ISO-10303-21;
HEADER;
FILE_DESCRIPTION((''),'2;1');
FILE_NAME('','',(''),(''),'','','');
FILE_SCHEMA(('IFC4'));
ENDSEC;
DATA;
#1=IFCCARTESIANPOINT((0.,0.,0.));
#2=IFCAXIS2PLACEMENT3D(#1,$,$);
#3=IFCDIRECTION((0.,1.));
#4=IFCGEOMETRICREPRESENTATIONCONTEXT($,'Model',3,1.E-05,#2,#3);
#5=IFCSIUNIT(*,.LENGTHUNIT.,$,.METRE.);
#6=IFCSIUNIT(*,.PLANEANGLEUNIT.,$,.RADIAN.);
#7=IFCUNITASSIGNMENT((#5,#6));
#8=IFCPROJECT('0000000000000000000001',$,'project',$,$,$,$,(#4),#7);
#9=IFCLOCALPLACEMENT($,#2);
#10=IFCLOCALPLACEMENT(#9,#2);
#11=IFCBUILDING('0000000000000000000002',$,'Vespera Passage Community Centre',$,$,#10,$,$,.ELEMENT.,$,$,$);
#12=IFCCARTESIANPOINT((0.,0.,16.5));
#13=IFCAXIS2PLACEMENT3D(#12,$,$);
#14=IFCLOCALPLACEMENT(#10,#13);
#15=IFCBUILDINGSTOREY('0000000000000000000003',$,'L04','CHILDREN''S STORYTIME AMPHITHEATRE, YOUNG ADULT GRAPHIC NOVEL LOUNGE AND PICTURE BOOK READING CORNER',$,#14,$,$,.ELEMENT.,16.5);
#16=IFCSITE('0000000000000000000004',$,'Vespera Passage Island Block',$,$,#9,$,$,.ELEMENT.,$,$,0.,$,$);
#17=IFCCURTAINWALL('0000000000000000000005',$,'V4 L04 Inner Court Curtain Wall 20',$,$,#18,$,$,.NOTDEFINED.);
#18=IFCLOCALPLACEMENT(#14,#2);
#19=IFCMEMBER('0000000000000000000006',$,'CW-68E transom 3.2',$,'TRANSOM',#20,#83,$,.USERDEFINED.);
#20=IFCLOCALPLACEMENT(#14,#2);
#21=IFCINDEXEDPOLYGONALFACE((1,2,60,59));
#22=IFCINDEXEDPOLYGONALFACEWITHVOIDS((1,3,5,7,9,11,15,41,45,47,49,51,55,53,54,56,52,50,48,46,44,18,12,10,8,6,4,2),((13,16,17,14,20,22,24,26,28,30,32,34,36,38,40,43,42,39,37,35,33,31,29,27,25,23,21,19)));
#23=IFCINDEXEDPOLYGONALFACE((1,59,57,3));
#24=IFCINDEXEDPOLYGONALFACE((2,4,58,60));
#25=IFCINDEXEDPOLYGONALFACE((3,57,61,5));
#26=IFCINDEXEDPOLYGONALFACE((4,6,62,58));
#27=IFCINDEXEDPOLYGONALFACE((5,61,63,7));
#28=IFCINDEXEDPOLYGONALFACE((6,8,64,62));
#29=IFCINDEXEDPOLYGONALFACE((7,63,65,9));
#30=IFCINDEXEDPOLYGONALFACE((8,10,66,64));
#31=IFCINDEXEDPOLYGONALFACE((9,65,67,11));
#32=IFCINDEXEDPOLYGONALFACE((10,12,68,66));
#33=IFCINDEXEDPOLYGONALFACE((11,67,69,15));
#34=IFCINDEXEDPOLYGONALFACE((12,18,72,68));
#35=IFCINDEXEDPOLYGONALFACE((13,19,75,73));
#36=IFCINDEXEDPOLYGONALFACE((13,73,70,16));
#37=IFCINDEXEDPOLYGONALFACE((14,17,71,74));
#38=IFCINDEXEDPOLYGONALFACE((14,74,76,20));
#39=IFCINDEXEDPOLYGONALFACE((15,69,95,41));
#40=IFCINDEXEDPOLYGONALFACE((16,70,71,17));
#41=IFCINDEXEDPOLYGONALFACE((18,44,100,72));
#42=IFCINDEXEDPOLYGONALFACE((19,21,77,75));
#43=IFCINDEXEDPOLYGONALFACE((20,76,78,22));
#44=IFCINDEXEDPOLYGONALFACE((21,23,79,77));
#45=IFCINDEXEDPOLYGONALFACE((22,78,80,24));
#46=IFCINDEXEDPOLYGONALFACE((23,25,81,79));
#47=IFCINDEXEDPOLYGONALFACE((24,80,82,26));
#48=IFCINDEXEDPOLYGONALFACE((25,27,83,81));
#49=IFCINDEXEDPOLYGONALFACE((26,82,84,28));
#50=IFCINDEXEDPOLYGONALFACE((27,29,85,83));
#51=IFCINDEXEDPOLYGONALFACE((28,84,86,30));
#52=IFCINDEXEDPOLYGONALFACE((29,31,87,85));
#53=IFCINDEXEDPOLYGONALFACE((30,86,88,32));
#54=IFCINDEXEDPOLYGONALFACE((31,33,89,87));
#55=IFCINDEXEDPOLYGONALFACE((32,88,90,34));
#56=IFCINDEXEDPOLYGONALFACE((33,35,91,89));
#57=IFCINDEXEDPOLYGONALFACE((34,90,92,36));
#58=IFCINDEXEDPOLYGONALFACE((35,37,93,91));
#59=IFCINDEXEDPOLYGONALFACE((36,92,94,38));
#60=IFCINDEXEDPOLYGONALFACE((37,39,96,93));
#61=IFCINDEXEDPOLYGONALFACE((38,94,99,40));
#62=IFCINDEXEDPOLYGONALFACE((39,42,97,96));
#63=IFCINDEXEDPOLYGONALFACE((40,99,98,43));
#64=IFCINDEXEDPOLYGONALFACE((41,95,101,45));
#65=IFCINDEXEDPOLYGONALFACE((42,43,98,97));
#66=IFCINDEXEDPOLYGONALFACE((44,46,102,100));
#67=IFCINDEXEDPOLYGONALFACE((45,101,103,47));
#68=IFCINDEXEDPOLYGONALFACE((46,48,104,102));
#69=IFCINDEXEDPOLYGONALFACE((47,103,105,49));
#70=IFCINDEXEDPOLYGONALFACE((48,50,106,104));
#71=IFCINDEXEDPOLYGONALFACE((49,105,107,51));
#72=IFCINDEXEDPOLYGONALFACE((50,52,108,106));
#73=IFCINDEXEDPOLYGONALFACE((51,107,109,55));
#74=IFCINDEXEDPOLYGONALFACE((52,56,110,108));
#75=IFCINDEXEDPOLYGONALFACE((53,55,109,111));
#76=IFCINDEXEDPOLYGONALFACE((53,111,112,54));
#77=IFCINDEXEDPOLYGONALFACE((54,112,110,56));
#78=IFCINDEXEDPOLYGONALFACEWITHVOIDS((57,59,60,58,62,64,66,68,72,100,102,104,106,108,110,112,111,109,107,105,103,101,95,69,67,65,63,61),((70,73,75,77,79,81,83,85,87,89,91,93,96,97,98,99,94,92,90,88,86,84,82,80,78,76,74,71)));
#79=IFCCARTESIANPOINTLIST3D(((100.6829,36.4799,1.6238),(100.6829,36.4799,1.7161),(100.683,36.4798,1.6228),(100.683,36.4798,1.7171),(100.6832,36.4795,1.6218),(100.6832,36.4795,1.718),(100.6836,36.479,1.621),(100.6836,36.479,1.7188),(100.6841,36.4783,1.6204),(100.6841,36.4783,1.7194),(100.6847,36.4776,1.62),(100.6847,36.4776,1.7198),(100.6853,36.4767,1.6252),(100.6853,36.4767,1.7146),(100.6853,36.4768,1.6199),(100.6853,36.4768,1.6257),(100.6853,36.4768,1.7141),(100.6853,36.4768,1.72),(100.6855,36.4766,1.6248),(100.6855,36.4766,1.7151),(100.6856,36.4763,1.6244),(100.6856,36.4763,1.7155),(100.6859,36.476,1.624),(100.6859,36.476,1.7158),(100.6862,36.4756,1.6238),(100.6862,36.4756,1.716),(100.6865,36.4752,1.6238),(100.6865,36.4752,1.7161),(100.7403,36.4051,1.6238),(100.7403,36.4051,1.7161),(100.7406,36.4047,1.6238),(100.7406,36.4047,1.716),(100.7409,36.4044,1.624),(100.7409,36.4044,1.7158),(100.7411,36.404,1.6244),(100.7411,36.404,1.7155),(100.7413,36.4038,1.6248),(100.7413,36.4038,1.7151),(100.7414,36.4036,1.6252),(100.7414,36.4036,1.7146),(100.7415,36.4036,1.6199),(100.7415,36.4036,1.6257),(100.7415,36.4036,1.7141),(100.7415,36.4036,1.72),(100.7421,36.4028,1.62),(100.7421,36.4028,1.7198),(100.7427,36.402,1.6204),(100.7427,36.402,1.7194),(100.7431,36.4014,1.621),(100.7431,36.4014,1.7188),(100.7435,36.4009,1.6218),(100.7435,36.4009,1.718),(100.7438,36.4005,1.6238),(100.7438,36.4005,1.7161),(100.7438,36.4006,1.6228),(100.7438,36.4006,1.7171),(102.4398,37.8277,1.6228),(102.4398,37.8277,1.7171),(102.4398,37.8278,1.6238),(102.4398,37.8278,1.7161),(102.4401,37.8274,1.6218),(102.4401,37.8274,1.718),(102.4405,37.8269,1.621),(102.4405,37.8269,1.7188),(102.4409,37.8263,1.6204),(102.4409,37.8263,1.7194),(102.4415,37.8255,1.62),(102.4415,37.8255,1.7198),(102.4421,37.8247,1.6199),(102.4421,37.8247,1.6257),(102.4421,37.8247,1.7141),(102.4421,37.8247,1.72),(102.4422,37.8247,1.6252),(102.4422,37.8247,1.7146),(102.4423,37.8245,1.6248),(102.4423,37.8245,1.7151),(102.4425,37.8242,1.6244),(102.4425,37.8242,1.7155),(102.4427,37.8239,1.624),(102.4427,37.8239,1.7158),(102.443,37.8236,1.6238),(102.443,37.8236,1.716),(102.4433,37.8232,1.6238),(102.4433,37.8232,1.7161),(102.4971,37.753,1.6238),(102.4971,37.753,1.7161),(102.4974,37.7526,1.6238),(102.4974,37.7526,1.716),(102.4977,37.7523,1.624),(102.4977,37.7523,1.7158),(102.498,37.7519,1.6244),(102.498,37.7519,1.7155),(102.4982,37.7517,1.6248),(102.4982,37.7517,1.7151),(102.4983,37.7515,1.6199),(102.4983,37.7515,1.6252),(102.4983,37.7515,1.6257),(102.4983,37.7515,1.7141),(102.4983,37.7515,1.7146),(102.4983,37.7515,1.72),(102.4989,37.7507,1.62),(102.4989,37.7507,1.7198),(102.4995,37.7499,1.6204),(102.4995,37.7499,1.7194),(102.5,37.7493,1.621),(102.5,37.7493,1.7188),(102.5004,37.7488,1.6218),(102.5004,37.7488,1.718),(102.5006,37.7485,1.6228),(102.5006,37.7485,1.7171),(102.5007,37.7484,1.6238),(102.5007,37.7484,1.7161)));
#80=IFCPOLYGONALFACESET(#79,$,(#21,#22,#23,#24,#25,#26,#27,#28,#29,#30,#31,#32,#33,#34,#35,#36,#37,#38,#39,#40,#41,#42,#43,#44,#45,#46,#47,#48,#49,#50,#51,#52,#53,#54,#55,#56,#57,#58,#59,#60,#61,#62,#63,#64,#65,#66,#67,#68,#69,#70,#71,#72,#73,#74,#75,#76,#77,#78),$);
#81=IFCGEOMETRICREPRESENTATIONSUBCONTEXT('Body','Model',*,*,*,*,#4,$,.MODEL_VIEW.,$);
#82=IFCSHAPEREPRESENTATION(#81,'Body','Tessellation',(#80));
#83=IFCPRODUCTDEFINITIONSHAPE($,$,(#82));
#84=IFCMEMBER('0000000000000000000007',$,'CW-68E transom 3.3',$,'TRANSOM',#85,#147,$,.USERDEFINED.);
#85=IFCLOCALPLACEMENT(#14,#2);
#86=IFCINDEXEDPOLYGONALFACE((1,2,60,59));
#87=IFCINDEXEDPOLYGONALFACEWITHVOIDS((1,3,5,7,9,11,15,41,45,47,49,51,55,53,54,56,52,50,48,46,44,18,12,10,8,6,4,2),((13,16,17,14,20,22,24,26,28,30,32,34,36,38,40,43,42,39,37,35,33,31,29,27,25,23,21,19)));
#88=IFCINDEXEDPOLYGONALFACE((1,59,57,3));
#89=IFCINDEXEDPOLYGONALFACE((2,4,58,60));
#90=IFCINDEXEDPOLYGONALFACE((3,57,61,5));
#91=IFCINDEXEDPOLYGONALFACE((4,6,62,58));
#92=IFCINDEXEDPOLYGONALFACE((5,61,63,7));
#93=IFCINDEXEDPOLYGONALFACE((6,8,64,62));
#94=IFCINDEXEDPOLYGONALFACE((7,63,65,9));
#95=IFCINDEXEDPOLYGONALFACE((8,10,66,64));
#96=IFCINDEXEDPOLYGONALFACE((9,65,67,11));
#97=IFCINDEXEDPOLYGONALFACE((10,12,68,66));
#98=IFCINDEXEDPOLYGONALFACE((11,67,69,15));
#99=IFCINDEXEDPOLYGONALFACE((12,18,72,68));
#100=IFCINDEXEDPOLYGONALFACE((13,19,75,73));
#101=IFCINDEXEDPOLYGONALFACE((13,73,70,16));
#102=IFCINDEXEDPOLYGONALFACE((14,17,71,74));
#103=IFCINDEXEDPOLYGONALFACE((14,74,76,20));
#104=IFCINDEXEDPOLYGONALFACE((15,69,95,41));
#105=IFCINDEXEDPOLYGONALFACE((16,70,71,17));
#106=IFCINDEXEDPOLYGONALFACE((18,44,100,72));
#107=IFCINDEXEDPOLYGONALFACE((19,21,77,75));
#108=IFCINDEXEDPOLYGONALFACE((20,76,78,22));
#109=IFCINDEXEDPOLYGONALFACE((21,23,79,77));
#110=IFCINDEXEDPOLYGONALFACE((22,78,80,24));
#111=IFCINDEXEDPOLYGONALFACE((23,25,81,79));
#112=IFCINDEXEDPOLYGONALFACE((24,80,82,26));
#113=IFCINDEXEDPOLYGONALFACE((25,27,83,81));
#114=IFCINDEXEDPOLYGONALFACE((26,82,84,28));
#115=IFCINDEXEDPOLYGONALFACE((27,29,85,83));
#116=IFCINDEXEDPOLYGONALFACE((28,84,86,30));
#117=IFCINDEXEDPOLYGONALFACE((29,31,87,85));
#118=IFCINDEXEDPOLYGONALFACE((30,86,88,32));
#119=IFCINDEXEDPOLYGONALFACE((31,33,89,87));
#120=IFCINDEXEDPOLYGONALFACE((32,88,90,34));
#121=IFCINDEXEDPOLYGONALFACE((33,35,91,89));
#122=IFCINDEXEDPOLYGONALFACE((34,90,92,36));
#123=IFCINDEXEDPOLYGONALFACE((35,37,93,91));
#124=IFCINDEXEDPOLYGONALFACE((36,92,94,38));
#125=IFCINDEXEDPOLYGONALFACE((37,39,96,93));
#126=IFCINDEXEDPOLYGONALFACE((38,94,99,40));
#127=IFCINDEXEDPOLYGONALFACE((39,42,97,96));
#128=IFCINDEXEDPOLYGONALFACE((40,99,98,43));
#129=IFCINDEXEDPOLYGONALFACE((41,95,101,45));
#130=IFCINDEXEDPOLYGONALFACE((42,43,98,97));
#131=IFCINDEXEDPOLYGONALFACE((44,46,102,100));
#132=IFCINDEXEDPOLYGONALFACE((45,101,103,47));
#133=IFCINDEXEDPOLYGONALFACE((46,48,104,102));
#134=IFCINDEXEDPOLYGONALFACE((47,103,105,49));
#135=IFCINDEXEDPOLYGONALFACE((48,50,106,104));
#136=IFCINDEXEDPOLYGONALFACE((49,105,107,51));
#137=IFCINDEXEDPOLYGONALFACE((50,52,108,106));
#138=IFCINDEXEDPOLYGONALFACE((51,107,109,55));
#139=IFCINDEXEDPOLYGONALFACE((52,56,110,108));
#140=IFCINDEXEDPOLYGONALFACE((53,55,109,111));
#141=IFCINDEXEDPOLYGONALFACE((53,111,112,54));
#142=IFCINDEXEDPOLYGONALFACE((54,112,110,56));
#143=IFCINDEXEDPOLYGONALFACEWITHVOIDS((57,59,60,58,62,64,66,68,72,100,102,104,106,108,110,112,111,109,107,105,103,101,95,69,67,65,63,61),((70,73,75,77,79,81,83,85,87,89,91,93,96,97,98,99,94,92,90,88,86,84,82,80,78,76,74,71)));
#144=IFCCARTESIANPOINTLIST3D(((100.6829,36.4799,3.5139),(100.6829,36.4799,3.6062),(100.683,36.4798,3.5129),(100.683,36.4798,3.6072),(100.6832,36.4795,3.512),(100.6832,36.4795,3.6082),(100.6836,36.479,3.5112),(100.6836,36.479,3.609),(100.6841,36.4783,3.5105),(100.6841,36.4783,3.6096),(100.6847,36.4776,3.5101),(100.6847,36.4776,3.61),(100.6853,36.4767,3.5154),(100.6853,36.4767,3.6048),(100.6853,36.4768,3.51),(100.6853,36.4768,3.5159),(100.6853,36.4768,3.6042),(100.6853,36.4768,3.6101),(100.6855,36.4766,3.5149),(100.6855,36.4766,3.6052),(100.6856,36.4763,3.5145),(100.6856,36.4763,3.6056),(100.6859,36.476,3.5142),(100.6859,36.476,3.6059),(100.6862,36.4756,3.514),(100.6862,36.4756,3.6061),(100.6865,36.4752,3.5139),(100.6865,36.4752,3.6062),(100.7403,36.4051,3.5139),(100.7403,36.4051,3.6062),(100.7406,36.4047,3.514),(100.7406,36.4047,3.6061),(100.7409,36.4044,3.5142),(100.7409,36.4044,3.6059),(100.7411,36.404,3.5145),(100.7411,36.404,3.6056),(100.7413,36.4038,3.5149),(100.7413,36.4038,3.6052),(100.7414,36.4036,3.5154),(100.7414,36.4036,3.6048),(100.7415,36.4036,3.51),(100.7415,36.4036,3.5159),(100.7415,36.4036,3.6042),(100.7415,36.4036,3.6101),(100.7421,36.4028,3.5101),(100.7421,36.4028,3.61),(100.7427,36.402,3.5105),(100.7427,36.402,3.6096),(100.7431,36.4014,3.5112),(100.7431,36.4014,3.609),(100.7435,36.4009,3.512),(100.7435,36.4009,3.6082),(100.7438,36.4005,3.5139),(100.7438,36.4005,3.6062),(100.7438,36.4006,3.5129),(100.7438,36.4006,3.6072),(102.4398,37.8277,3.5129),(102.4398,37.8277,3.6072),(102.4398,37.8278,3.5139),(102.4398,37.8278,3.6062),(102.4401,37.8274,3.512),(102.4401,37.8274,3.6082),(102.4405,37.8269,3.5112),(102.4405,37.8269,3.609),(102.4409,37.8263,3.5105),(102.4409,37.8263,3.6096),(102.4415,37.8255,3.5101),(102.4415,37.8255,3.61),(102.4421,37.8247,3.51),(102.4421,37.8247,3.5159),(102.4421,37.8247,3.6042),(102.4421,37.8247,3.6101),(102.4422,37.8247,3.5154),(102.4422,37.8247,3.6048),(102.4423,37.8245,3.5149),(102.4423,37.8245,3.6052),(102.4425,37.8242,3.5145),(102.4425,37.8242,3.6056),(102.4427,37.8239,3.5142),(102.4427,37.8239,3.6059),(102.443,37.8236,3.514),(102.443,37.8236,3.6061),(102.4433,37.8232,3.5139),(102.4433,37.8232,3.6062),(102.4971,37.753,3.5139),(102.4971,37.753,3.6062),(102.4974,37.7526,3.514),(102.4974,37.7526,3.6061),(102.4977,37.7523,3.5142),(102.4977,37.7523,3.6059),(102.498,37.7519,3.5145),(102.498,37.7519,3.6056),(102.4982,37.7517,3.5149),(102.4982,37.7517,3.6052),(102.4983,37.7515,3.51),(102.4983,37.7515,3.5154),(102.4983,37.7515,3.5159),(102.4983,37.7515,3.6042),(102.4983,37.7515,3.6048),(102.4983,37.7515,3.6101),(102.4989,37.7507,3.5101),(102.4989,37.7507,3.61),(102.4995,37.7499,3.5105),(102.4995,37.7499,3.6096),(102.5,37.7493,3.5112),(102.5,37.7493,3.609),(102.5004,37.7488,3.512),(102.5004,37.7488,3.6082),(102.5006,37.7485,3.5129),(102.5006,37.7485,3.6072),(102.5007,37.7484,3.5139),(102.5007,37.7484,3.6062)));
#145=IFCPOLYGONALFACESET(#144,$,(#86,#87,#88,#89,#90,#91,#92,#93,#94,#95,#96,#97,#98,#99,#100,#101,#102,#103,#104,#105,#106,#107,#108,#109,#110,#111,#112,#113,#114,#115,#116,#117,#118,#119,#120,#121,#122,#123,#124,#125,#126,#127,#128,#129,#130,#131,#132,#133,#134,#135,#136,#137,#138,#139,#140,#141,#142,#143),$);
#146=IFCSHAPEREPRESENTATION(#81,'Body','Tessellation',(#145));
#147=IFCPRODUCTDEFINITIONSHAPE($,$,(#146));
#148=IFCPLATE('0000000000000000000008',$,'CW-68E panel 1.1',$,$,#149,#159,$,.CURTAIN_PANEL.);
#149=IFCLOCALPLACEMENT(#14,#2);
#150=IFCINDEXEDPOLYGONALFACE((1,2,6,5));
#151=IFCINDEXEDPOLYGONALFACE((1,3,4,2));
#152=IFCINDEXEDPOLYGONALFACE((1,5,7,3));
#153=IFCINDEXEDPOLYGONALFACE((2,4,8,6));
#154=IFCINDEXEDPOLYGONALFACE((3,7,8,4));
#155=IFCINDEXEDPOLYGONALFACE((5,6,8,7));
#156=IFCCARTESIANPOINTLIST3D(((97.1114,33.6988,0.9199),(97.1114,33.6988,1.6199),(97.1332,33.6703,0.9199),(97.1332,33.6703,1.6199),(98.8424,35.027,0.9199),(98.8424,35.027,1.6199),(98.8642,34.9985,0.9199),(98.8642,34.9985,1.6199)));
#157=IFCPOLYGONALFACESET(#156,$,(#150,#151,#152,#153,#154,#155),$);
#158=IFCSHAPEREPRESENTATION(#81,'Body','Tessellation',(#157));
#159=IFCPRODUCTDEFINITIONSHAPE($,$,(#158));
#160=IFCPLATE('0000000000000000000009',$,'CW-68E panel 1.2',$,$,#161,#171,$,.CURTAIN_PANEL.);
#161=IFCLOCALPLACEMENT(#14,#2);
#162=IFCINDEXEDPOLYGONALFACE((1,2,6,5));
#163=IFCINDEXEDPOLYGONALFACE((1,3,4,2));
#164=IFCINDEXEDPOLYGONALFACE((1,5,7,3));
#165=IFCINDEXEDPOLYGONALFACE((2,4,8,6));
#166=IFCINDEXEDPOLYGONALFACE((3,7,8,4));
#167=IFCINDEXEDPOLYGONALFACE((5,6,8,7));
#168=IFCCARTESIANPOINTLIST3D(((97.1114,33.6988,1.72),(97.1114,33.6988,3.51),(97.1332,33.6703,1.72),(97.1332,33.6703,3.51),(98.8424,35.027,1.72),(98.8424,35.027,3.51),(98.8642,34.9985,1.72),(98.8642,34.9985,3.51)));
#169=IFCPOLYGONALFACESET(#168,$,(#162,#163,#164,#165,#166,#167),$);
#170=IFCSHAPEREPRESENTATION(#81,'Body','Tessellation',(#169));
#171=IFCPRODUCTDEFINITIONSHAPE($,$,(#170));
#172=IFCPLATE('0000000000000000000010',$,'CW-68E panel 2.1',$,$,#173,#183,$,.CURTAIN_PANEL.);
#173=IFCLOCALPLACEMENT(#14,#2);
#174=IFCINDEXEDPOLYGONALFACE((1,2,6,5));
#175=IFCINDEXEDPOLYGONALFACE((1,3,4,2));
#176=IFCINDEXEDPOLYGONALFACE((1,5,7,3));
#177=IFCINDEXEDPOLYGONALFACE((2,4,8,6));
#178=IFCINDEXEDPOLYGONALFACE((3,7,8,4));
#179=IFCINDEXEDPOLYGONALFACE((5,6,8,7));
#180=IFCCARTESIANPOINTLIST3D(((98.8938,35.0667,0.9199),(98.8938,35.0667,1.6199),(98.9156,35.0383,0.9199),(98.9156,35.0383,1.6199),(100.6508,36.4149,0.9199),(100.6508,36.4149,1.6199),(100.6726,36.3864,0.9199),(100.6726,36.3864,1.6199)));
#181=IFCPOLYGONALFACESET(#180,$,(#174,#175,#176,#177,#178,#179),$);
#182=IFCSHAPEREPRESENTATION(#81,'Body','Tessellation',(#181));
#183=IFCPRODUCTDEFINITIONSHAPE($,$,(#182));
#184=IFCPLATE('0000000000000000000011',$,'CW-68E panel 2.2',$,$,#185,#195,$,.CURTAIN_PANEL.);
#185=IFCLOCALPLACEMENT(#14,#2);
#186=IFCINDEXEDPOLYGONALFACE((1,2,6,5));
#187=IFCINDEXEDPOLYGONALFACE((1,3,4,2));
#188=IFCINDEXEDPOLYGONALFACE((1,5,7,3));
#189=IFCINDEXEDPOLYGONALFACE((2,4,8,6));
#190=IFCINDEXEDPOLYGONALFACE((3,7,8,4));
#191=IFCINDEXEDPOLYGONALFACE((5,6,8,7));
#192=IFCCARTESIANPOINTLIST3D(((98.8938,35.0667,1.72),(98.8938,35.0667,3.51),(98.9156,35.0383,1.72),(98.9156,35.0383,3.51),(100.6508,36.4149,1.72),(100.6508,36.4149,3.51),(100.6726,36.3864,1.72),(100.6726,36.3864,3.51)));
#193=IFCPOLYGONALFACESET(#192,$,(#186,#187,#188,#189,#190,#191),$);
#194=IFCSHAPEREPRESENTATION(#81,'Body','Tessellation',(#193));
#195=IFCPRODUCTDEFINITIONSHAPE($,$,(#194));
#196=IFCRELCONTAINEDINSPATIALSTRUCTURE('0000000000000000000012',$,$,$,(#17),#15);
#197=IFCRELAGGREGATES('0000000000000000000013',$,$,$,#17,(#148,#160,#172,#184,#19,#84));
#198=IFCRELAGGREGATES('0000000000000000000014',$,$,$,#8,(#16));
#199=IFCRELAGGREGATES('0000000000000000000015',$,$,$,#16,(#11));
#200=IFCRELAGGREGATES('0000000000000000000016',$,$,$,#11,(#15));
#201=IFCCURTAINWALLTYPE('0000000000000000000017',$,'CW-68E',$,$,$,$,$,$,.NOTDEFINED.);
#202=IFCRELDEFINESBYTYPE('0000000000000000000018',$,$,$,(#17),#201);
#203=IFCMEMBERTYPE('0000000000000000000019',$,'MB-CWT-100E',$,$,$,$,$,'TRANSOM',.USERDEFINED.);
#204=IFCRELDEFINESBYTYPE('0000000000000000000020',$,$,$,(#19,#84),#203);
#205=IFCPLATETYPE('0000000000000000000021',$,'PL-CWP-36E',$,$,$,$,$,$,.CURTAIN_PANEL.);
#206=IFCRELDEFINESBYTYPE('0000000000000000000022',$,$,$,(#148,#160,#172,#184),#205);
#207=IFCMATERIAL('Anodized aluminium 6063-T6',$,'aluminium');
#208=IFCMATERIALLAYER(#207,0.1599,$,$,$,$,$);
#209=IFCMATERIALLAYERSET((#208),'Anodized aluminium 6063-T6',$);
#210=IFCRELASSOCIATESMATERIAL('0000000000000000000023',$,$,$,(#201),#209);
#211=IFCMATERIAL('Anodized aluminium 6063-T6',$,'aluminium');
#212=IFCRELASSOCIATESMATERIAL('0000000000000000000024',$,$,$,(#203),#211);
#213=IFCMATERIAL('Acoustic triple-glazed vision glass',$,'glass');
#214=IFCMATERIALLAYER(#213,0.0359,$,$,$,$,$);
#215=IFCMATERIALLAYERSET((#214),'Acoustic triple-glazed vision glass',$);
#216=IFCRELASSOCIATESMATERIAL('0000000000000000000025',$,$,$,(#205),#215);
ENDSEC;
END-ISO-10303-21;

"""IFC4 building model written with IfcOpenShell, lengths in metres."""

from ifc_helpers import new_model, si_unit, direction, frame, origin, origin_2d, place, context, subcontext, project, spatial, rectangle, hollow_rectangle, extrude, material, layer, layer_set, material_profile, profile_set, type_object, element, aggregate, save


model = new_model("IFC4")

# Units and contexts
model_context = context("Model", 3, precision=1e-05, world=origin(), true_north=direction((0.0, 1.0)))
body_context = subcontext(model_context, "Body", "Model", "MODEL_VIEW")
ifc_project = project(units=[si_unit("LENGTHUNIT", "METRE"), si_unit("PLANEANGLEUNIT", "RADIAN")], contexts=[model_context])

# Site, building, storey
site_placement = place(None, origin())
site = spatial("IfcSite", under=ifc_project, at=site_placement, Name="Vespera Passage Island Block", CompositionType="ELEMENT", RefElevation=0.0)
building_placement = place(site_placement, origin())
building = spatial("IfcBuilding", under=site, at=building_placement, Name="Vespera Passage Community Centre", CompositionType="ELEMENT")
storey_placement = place(building_placement, frame((0.0, 0.0, 16.5)))
storey = spatial("IfcBuildingStorey", under=building, at=storey_placement, Name="L04", Description="CHILDREN'S STORYTIME AMPHITHEATRE, YOUNG ADULT GRAPHIC NOVEL LOUNGE AND PICTURE BOOK READING CORNER", CompositionType="ELEMENT", Elevation=16.5)

# Curtain wall, members, plates
ifc_material_1 = material(Name="Anodized aluminium 6063-T6", Category="aluminium")
ifc_layer_1 = layer(ifc_material_1, 0.1599)
ifc_layer_set_1 = layer_set([ifc_layer_1], Name="Anodized aluminium 6063-T6")
curtain_wall_type = type_object("IfcCurtainWallType", Name="CW-68E", PredefinedType="NOTDEFINED", material=ifc_layer_set_1)
curtain_wall_placement = place(storey_placement, origin())
curtain_wall = element("IfcCurtainWall", 1, at=curtain_wall_placement, inside=storey, type_object=curtain_wall_type, Name="V4 L04 Inner Court Curtain Wall 20", PredefinedType="NOTDEFINED")
ifc_material_2 = material(Name="Anodized aluminium 6063-T6", Category="aluminium")
ifc_material_profile_1 = material_profile(ifc_material_2, hollow_rectangle(XDim=0.1001, YDim=0.1001, WallThickness=0.0039, InnerFilletRadius=0.002, OuterFilletRadius=0.0039, at=origin_2d()), Name="ALU100X100X4")
ifc_profile_set_1 = profile_set([ifc_material_profile_1], Name="Anodized aluminium 6063-T6")
member_type_1 = type_object("IfcMemberType", Name="MB-CWT-100E", ElementType="TRANSOM", PredefinedType="USERDEFINED", material=ifc_profile_set_1)
member_1_placement = place(storey_placement, frame((100.7134, 36.4402, 1.6699), z_axis=(0.79339, 0.608714, 0.0), x_axis=(-0.608714, 0.79339, 0.0)))
member_1 = element("IfcMember", 2, at=member_1_placement, type_object=member_type_1, Name="CW-68E transom 3.2", ObjectType="TRANSOM", PredefinedType="USERDEFINED", context=body_context, shape_type="SweptSolid", body=[
    extrude(hollow_rectangle(XDim=0.1001, YDim=0.1001, WallThickness=0.0039, InnerFilletRadius=0.002, OuterFilletRadius=0.0039, at=origin_2d()), origin(), (0.0, 0.0, 1.0), 2.2144),
])
member_2_placement = place(storey_placement, frame((100.7134, 36.4402, 3.5601), z_axis=(0.79339, 0.608714, 0.0), x_axis=(-0.608714, 0.79339, 0.0)))
member_2 = element("IfcMember", 3, at=member_2_placement, type_object=member_type_1, Name="CW-68E transom 3.3", ObjectType="TRANSOM", PredefinedType="USERDEFINED", context=body_context, shape_type="SweptSolid", body=[
    extrude(hollow_rectangle(XDim=0.1001, YDim=0.1001, WallThickness=0.0039, InnerFilletRadius=0.002, OuterFilletRadius=0.0039, at=origin_2d()), origin(), (0.0, 0.0, 1.0), 2.2144),
])
ifc_material_3 = material(Name="Acoustic triple-glazed vision glass", Category="glass")
ifc_layer_2 = layer(ifc_material_3, 0.0359)
ifc_layer_set_2 = layer_set([ifc_layer_2], Name="Acoustic triple-glazed vision glass")
plate_type = type_object("IfcPlateType", Name="PL-CWP-36E", PredefinedType="CURTAIN_PANEL", material=ifc_layer_set_2)
plate_1_placement = place(storey_placement, frame((97.9878, 34.3486, 0.9199), z_axis=(0.0, 0.0, 1.0), x_axis=(0.793358, 0.608755, 0.0)))
plate_1 = element("IfcPlate", 4, at=plate_1_placement, type_object=plate_type, Name="CW-68E panel 1.1", PredefinedType="CURTAIN_PANEL", context=body_context, shape_type="SweptSolid", body=[
    extrude(rectangle(XDim=2.1819, YDim=0.0359, at=origin_2d()), origin(), (0.0, 0.0, 1.0), 0.7),
])
plate_2_placement = place(storey_placement, frame((97.9878, 34.3486, 1.72), z_axis=(0.0, 0.0, 1.0), x_axis=(0.793358, 0.608755, 0.0)))
plate_2 = element("IfcPlate", 5, at=plate_2_placement, type_object=plate_type, Name="CW-68E panel 1.2", PredefinedType="CURTAIN_PANEL", context=body_context, shape_type="SweptSolid", body=[
    extrude(rectangle(XDim=2.1819, YDim=0.0359, at=origin_2d()), origin(), (0.0, 0.0, 1.0), 1.79),
])
plate_3_placement = place(storey_placement, frame((99.7832, 35.7266, 0.9199), z_axis=(0.0, 0.0, 1.0), x_axis=(0.793358, 0.608755, 0.0)))
plate_3 = element("IfcPlate", 6, at=plate_3_placement, type_object=plate_type, Name="CW-68E panel 2.1", PredefinedType="CURTAIN_PANEL", context=body_context, shape_type="SweptSolid", body=[
    extrude(rectangle(XDim=2.2146, YDim=0.0359, at=origin_2d()), origin(), (0.0, 0.0, 1.0), 0.7),
])
plate_4_placement = place(storey_placement, frame((99.7832, 35.7266, 1.72), z_axis=(0.0, 0.0, 1.0), x_axis=(0.793358, 0.608755, 0.0)))
plate_4 = element("IfcPlate", 7, at=plate_4_placement, type_object=plate_type, Name="CW-68E panel 2.2", PredefinedType="CURTAIN_PANEL", context=body_context, shape_type="SweptSolid", body=[
    extrude(rectangle(XDim=2.2146, YDim=0.0359, at=origin_2d()), origin(), (0.0, 0.0, 1.0), 1.79),
])
aggregate(curtain_wall, [plate_1, plate_2, plate_3, plate_4, member_1, member_2])

save(model, "model.ifc")
